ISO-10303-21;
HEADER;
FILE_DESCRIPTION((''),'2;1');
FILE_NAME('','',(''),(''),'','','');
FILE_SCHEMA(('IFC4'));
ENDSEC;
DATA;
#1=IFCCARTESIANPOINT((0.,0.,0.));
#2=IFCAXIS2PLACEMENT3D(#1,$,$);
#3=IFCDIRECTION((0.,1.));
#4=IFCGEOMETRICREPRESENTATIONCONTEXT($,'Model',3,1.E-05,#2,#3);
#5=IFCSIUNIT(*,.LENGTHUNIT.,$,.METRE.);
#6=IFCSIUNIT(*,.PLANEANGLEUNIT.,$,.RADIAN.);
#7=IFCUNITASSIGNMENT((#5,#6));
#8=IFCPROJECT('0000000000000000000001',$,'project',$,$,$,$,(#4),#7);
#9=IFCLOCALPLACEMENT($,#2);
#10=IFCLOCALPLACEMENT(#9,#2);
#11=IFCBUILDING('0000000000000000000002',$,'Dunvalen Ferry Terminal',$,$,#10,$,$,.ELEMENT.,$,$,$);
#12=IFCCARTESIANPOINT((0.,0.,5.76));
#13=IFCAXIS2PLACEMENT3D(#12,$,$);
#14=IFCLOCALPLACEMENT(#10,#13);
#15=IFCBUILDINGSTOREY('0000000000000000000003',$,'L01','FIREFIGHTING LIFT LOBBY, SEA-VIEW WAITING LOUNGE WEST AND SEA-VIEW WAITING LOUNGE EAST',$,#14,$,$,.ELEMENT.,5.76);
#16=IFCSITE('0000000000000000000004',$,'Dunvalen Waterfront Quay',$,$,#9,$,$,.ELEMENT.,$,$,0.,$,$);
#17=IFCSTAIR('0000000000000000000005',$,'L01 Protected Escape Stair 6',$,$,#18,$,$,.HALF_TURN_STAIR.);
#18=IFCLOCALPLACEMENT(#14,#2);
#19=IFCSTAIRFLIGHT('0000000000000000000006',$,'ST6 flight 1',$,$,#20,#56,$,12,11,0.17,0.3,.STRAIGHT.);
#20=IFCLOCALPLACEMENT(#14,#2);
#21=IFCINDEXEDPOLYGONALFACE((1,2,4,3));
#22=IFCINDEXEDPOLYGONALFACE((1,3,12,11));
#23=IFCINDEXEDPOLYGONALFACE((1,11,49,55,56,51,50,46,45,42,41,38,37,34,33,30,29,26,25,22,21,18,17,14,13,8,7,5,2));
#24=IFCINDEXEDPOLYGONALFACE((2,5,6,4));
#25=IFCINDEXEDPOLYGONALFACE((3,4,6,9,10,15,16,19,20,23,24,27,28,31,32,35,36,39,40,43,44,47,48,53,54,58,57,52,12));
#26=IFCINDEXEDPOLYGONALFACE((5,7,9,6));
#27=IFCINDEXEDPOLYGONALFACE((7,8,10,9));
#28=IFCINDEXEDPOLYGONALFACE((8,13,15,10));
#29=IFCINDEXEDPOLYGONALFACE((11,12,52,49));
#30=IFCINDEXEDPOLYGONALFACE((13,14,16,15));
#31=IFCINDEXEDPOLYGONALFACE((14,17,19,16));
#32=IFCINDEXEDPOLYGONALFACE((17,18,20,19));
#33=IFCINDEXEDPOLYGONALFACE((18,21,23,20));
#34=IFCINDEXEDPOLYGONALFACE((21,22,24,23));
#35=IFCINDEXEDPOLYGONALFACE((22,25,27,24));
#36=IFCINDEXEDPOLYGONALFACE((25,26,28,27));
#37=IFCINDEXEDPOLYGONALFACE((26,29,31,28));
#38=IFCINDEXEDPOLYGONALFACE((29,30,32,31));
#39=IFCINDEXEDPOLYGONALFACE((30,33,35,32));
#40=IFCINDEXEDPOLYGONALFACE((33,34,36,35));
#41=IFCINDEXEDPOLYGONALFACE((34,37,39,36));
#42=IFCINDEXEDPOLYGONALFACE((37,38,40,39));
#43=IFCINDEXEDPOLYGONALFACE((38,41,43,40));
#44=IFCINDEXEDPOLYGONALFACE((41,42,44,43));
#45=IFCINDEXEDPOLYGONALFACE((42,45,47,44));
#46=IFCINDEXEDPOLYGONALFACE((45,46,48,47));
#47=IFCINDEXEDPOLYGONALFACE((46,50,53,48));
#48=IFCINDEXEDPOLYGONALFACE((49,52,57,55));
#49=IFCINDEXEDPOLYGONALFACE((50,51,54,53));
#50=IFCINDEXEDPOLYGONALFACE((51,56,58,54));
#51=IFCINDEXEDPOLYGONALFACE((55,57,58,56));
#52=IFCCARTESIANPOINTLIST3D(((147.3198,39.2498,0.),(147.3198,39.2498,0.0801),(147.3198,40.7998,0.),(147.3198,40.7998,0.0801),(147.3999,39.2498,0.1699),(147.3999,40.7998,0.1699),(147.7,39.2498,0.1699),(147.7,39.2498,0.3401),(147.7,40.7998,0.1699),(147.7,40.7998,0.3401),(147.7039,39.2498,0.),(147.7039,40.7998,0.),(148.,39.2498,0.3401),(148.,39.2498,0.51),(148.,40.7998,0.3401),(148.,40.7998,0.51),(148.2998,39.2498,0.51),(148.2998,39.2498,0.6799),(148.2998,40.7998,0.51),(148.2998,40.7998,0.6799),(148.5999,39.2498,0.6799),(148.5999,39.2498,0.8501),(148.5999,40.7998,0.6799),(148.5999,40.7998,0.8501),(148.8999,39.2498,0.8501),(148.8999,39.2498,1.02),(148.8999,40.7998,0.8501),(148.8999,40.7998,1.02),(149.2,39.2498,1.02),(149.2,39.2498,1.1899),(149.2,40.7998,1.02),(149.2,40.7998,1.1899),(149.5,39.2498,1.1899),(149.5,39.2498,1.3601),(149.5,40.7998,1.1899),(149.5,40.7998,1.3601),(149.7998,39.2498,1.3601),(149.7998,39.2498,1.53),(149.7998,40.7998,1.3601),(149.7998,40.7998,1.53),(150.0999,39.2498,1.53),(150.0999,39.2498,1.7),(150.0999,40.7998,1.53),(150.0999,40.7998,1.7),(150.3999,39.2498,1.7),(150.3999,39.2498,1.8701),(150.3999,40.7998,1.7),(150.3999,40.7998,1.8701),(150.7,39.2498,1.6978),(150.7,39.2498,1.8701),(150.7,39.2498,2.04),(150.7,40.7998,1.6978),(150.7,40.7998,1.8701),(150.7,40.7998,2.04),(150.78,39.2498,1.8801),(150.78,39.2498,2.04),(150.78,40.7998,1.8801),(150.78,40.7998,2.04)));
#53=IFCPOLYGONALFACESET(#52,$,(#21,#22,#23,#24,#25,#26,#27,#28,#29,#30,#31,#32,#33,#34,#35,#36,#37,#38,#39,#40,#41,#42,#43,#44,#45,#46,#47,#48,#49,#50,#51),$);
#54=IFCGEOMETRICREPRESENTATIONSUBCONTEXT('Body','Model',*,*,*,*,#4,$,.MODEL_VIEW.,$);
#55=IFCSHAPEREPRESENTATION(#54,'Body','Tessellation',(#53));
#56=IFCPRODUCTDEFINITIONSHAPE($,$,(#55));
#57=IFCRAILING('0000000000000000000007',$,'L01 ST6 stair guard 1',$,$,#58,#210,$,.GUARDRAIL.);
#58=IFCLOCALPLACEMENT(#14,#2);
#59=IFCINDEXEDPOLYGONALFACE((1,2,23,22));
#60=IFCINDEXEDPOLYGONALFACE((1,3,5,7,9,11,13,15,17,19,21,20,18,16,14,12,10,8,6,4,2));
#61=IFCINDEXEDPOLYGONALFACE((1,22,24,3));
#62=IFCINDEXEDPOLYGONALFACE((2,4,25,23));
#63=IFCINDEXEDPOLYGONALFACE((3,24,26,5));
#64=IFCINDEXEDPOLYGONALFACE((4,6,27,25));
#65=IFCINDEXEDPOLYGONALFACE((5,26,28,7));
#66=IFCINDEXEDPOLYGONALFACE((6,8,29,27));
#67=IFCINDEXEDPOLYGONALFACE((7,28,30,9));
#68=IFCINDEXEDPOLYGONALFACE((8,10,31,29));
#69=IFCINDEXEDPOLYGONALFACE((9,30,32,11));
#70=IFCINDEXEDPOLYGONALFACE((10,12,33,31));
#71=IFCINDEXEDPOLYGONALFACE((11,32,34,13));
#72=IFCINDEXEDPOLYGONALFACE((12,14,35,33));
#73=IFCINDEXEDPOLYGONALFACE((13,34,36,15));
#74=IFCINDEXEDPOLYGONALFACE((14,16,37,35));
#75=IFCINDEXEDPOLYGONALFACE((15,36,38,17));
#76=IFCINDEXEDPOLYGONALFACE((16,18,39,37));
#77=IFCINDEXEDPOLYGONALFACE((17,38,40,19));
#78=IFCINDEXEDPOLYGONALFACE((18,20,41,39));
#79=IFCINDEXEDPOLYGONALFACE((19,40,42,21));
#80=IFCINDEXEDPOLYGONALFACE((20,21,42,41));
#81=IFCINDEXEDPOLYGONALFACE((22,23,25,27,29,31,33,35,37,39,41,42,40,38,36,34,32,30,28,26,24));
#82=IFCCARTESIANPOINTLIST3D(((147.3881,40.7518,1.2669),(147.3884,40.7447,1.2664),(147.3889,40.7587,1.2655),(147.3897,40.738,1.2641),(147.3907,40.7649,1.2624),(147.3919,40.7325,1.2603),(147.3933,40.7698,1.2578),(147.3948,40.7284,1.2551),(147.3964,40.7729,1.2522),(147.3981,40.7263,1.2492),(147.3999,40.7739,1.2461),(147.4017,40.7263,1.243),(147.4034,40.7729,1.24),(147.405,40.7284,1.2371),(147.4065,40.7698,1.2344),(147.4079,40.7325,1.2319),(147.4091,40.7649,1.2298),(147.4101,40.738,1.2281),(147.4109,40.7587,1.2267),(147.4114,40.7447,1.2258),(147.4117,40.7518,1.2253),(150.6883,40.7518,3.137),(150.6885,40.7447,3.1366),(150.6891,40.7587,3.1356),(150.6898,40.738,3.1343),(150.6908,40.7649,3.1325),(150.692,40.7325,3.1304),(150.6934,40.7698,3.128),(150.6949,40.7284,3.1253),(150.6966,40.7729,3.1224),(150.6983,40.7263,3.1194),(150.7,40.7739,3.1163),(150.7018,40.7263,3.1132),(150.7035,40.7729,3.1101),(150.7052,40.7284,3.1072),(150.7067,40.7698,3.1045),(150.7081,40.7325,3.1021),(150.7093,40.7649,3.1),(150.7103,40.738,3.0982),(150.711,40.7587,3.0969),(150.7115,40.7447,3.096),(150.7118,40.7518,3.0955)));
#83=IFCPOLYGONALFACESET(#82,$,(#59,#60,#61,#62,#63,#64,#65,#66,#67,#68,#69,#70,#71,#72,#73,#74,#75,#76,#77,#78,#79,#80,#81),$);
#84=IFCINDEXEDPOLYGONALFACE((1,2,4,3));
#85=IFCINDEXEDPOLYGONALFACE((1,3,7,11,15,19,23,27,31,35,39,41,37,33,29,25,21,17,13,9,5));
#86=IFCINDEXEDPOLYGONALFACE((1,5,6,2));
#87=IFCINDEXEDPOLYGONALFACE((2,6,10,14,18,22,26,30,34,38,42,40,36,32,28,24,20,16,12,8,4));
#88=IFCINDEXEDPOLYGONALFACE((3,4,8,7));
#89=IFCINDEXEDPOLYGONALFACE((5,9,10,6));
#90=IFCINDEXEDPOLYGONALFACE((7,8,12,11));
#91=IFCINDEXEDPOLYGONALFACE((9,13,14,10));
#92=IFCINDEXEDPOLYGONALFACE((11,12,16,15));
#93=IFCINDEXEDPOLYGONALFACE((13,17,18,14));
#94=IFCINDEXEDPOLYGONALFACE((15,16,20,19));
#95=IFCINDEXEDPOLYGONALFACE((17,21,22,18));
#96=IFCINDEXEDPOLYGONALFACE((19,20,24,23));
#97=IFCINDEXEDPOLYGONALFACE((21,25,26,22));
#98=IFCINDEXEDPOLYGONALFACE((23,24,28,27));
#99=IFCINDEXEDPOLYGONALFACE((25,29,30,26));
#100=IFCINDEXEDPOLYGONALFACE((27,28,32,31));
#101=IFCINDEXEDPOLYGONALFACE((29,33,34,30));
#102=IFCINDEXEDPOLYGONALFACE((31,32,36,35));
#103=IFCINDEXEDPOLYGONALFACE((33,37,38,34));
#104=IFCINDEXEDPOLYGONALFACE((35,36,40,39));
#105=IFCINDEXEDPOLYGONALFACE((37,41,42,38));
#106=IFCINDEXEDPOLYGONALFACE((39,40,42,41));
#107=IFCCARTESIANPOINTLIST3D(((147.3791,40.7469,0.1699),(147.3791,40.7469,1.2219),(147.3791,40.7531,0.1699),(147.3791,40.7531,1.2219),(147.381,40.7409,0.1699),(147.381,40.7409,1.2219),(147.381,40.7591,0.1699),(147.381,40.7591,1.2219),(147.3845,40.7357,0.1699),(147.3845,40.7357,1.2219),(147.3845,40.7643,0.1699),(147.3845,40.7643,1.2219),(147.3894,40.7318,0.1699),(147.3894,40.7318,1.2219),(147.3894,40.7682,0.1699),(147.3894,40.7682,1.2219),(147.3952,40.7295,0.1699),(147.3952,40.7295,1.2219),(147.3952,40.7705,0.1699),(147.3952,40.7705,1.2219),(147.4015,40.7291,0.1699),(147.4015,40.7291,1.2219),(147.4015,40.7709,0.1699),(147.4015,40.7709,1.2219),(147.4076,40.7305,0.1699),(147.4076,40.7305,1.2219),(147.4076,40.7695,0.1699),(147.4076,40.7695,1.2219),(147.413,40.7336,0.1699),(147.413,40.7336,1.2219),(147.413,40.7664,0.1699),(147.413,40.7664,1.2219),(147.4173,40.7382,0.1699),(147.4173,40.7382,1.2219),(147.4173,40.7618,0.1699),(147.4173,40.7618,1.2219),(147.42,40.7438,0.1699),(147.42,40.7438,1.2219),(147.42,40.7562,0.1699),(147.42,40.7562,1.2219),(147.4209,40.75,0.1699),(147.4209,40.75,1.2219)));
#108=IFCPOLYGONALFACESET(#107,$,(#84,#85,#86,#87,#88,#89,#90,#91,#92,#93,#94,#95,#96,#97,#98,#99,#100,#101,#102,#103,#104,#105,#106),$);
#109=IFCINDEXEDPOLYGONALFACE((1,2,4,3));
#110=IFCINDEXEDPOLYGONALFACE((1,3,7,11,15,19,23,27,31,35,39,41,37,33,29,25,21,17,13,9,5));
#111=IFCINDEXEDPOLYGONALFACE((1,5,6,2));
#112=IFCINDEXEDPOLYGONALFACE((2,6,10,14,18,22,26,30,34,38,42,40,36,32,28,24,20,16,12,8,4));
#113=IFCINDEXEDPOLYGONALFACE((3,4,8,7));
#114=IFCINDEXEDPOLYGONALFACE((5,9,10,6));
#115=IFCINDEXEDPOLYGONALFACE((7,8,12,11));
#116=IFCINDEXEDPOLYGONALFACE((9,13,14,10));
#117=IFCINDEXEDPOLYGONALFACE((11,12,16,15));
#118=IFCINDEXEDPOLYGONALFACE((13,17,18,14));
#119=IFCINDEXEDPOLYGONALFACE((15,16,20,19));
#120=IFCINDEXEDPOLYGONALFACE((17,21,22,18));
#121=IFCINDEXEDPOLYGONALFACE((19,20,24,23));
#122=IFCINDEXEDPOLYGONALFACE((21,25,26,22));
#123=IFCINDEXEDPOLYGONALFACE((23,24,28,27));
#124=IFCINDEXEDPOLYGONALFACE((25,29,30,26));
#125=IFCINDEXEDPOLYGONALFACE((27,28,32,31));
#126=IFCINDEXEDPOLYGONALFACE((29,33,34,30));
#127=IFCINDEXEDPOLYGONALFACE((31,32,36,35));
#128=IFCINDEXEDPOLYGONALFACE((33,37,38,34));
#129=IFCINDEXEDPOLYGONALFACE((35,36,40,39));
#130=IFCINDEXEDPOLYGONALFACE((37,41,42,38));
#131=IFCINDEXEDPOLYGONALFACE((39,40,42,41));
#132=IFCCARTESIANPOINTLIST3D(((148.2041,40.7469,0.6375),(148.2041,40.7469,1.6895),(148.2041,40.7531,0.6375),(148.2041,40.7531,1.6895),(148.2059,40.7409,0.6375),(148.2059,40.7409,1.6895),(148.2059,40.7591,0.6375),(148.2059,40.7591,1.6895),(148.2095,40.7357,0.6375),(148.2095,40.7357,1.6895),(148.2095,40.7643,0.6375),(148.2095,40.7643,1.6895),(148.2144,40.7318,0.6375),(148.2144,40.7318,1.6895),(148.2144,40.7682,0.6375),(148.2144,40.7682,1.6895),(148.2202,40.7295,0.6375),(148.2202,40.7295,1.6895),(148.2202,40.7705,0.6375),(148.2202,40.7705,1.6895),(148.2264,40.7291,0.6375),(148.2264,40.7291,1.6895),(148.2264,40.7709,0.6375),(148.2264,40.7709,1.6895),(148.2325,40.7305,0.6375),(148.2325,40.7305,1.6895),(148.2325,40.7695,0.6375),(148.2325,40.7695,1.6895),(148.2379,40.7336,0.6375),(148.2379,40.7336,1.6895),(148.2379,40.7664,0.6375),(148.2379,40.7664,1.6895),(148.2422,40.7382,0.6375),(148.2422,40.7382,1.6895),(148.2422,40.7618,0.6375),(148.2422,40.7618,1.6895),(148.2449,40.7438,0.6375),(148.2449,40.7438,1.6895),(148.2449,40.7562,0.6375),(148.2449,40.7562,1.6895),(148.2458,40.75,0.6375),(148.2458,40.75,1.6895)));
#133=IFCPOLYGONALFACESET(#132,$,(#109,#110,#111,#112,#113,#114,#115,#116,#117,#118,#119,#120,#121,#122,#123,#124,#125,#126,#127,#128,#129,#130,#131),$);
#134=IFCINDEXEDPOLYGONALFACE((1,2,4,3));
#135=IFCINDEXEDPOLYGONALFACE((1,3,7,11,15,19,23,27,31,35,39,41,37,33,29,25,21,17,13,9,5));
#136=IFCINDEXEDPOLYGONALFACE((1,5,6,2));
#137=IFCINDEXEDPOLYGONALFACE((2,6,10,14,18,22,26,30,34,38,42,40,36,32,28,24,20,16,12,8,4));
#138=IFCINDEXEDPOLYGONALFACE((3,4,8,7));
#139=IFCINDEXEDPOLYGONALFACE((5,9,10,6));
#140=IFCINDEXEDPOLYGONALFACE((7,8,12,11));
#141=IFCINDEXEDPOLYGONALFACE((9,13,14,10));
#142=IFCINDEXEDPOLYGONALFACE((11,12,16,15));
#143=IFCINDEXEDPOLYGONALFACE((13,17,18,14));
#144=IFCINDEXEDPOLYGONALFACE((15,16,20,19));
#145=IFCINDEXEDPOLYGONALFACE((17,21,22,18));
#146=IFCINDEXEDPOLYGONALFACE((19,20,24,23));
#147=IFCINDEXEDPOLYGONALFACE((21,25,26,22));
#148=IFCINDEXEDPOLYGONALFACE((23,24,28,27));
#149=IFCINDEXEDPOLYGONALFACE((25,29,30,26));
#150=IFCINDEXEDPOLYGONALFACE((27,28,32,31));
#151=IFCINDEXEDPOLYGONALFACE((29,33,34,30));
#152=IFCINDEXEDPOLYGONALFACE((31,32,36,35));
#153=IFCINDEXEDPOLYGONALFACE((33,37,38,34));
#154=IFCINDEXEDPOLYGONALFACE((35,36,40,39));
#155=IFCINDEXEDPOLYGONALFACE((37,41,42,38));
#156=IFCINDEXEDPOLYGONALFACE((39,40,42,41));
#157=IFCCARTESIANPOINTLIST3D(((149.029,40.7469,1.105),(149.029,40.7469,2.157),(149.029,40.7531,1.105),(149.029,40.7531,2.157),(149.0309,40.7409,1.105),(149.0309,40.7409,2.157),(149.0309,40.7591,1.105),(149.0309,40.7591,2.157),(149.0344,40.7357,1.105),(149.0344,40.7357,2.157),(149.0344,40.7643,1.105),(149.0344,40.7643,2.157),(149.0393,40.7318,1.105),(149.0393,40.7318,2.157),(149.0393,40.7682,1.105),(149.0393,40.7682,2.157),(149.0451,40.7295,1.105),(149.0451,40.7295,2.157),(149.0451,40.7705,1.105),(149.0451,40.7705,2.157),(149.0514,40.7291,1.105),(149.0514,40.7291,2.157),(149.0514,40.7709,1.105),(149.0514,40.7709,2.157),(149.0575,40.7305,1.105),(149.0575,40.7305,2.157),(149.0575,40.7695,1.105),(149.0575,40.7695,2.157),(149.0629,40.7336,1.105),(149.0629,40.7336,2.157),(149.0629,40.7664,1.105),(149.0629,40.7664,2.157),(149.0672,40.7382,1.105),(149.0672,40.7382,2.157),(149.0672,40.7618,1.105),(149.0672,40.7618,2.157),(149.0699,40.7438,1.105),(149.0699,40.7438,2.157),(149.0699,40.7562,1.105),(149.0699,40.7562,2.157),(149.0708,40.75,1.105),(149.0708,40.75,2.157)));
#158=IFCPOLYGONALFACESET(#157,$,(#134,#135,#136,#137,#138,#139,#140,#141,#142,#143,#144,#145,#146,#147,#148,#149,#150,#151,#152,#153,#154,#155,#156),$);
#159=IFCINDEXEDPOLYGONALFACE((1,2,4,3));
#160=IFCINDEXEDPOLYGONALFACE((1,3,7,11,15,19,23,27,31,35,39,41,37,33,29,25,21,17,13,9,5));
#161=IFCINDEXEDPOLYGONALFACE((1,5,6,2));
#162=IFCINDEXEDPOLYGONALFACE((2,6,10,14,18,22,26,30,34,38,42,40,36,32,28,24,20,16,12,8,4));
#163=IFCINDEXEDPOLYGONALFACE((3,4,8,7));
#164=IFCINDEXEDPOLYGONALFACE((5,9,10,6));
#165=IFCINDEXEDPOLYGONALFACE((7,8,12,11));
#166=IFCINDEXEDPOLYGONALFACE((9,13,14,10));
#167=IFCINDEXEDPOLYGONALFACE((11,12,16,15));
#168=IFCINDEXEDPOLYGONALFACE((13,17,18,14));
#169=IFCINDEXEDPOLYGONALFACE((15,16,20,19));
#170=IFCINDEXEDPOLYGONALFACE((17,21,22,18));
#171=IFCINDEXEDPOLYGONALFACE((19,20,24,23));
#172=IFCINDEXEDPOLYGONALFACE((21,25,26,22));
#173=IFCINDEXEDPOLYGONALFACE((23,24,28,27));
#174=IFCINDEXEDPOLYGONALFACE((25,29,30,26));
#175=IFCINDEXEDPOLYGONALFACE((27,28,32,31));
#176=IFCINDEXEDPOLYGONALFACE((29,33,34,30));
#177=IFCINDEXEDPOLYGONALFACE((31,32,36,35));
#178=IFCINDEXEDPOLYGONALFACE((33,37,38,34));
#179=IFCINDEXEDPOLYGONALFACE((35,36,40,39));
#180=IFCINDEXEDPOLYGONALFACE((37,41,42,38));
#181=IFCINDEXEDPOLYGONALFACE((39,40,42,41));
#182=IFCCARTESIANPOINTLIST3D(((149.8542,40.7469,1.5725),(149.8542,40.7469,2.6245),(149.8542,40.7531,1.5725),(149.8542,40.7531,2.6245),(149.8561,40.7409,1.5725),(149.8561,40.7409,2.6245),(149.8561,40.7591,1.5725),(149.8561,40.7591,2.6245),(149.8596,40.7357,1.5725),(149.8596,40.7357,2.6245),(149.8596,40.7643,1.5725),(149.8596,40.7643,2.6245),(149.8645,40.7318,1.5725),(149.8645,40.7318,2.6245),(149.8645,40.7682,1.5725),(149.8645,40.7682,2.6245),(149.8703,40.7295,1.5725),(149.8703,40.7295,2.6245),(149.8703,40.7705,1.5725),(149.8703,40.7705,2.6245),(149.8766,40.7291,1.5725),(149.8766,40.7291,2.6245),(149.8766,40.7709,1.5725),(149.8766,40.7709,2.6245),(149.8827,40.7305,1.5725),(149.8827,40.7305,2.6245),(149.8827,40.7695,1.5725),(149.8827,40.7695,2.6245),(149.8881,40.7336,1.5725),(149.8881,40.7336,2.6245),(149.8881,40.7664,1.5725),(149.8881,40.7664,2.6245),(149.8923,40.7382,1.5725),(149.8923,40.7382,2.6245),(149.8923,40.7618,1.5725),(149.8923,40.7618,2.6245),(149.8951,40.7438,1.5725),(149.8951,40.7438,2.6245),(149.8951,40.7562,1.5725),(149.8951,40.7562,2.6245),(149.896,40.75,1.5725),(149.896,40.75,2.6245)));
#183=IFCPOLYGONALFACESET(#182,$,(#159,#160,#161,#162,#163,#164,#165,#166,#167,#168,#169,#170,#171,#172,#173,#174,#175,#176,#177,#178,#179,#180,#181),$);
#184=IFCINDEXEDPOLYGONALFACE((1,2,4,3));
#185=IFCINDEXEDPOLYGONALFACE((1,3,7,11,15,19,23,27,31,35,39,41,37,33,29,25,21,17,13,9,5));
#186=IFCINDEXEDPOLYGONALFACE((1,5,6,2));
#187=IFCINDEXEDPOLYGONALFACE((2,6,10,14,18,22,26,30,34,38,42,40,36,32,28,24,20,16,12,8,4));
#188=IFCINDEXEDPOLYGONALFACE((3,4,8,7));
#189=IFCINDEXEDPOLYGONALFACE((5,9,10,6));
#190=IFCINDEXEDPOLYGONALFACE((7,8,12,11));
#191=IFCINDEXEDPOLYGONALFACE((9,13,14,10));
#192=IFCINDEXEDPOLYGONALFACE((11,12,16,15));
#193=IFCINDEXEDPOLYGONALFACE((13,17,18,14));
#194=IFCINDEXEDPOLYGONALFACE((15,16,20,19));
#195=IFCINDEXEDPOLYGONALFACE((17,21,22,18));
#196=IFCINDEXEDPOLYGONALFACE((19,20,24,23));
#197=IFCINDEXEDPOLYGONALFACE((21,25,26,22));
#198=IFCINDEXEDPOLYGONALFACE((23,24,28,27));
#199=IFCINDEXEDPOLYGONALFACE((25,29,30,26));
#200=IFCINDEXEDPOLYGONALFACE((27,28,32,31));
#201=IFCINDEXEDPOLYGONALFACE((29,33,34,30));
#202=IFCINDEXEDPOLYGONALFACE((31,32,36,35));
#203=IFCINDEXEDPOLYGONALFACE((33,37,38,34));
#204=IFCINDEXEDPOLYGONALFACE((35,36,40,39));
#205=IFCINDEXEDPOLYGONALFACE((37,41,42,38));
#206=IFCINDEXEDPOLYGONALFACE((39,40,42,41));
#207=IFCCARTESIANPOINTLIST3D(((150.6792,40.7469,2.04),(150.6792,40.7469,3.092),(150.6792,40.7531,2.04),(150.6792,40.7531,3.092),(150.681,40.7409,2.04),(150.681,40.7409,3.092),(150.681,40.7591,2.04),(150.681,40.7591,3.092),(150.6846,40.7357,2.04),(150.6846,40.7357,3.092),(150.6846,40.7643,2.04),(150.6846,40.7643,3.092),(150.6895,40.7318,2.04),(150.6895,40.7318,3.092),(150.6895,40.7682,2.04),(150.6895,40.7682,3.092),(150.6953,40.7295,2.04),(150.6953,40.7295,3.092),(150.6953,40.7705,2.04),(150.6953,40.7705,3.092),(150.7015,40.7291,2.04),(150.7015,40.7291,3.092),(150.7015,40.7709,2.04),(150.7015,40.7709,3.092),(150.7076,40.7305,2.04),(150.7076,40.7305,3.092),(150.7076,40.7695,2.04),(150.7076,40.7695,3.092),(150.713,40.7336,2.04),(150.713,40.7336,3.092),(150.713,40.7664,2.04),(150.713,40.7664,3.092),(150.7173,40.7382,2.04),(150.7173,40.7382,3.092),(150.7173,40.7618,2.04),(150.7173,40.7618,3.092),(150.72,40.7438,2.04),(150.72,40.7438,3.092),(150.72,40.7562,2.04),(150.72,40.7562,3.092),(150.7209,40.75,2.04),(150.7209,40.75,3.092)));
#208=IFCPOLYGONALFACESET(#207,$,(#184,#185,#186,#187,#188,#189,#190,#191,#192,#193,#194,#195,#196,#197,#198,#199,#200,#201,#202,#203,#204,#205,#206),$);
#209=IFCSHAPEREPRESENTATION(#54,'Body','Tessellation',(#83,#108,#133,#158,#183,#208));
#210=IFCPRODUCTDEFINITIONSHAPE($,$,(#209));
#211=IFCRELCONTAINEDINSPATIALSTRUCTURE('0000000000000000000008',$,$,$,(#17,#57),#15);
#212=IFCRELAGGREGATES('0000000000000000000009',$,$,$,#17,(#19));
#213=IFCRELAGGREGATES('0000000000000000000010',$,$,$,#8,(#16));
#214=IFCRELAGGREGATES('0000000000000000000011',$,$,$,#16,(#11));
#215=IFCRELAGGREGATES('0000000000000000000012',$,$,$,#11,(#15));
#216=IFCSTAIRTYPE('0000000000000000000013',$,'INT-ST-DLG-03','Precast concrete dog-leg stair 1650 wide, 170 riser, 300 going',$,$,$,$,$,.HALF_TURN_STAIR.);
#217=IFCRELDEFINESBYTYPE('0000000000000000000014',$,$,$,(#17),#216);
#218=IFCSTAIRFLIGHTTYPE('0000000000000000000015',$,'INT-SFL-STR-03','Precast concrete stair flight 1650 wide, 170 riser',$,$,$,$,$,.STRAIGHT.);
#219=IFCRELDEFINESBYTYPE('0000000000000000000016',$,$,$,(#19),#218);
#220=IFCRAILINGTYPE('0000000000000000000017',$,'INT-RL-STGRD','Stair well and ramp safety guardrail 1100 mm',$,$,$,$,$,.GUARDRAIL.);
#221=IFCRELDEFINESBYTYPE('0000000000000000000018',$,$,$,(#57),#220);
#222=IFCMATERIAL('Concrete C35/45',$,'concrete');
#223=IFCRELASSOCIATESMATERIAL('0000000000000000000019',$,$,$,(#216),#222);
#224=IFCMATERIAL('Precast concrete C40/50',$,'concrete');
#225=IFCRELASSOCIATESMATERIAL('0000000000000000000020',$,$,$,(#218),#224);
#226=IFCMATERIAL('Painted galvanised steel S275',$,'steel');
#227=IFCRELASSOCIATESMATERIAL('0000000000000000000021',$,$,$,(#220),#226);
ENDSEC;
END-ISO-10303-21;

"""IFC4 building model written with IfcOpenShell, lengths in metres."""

from ifc_helpers import new_model, si_unit, direction, frame, origin, origin_2d, place, context, subcontext, project, spatial, polyline, circle, outline, extrude, material, type_object, element, aggregate, save


model = new_model("IFC4")

# Units and contexts
model_context = context("Model", 3, precision=1e-05, world=origin(), true_north=direction((0.0, 1.0)))
body_context = subcontext(model_context, "Body", "Model", "MODEL_VIEW")
ifc_project = project(units=[si_unit("LENGTHUNIT", "METRE"), si_unit("PLANEANGLEUNIT", "RADIAN")], contexts=[model_context])

# Site, building, storey
site_placement = place(None, origin())
site = spatial("IfcSite", under=ifc_project, at=site_placement, Name="Dunvalen Waterfront Quay", CompositionType="ELEMENT", RefElevation=0.0)
building_placement = place(site_placement, origin())
building = spatial("IfcBuilding", under=site, at=building_placement, Name="Dunvalen Ferry Terminal", CompositionType="ELEMENT")
storey_placement = place(building_placement, frame((0.0, 0.0, 5.76)))
storey = spatial("IfcBuildingStorey", under=building, at=storey_placement, Name="L01", Description="FIREFIGHTING LIFT LOBBY, SEA-VIEW WAITING LOUNGE WEST AND SEA-VIEW WAITING LOUNGE EAST", CompositionType="ELEMENT", Elevation=5.76)

# Shared definitions
ifc_material_1 = material(Name="Concrete C35/45", Category="concrete")

# Stair, stair flight
stair_type = type_object("IfcStairType", Name="INT-ST-DLG-03", Description="Precast concrete dog-leg stair 1650 wide, 170 riser, 300 going", PredefinedType="HALF_TURN_STAIR", material=ifc_material_1)
stair_placement = place(storey_placement, origin())
stair = element("IfcStair", 1, at=stair_placement, inside=storey, type_object=stair_type, Name="L01 Protected Escape Stair 6", PredefinedType="HALF_TURN_STAIR")
ifc_material_2 = material(Name="Precast concrete C40/50", Category="concrete")
stair_flight_type = type_object("IfcStairFlightType", Name="INT-SFL-STR-03", Description="Precast concrete stair flight 1650 wide, 170 riser", PredefinedType="STRAIGHT", material=ifc_material_2)
stair_flight_placement = place(storey_placement, frame((147.3999, 40.0249, 0.0), z_axis=(0.0, 0.0, 1.0), x_axis=(1.0, 0.0, 0.0)))
stair_flight = element("IfcStairFlight", 2, at=stair_flight_placement, type_object=stair_flight_type, Name="ST6 flight 1", NumberOfRisers=12, NumberOfTreads=11, PredefinedType="STRAIGHT", RiserHeight=0.17, TreadLength=0.3, context=body_context, shape_type="SweptSolid", body=[
    extrude(outline(polyline([(-0.0801, 0.0), (-0.0801, 0.0801), (0.0, 0.1699), (0.3, 0.1699), (0.3, 0.3401), (0.6001, 0.3401), (0.6001, 0.51), (0.8999, 0.51), (0.8999, 0.6799), (1.2, 0.6799), (1.2, 0.8501), (1.5, 0.8501), (1.5, 1.02), (1.8, 1.02), (1.8, 1.1899), (2.1001, 1.1899), (2.1001, 1.3601), (2.3999, 1.3601), (2.3999, 1.53), (2.7, 1.53), (2.7, 1.7), (3.0, 1.7), (3.0, 1.8701), (3.3, 1.8701), (3.3, 2.04), (3.3801, 2.04), (3.3801, 1.8801), (3.3, 1.6978), (0.304, 0.0), (-0.0801, 0.0)])), frame((0.0, 0.7749, 0.0), z_axis=(0.0, -1.0, 0.0), x_axis=(1.0, 0.0, 0.0)), (0.0, 0.0, 1.0), 1.55),
])
aggregate(stair, [stair_flight])

# Railing
ifc_material_3 = material(Name="Painted galvanised steel S275", Category="steel")
railing_type_1 = type_object("IfcRailingType", Name="INT-RL-STGRD", Description="Stair well and ramp safety guardrail 1100 mm", PredefinedType="GUARDRAIL", material=ifc_material_3)
railing_1_placement = place(storey_placement, frame((147.3999, 40.75, 0.1699)))
element("IfcRailing", 3, at=railing_1_placement, inside=storey, type_object=railing_type_1, Name="L01 ST6 stair guard 1", PredefinedType="GUARDRAIL", context=body_context, shape_type="SweptSolid", body=[
    extrude(circle(Radius=0.0239, at=origin_2d()), frame((0.0, 0.0, 1.0762), z_axis=(0.870012, 0.0, 0.49303), x_axis=(0.0, 1.0, 0.0)), (0.0, 0.0, 1.0), 3.7932),
    extrude(circle(Radius=0.021, at=origin_2d()), origin(), (0.0, 0.0, 1.0), 1.052),
    extrude(circle(Radius=0.021, at=origin_2d()), frame((0.825, 0.0, 0.4675)), (0.0, 0.0, 1.0), 1.052),
    extrude(circle(Radius=0.021, at=origin_2d()), frame((1.6499, 0.0, 0.9351)), (0.0, 0.0, 1.0), 1.052),
    extrude(circle(Radius=0.021, at=origin_2d()), frame((2.4751, 0.0, 1.4026)), (0.0, 0.0, 1.0), 1.052),
    extrude(circle(Radius=0.021, at=origin_2d()), frame((3.3, 0.0, 1.8701)), (0.0, 0.0, 1.0), 1.052),
])

save(model, "model.ifc")
